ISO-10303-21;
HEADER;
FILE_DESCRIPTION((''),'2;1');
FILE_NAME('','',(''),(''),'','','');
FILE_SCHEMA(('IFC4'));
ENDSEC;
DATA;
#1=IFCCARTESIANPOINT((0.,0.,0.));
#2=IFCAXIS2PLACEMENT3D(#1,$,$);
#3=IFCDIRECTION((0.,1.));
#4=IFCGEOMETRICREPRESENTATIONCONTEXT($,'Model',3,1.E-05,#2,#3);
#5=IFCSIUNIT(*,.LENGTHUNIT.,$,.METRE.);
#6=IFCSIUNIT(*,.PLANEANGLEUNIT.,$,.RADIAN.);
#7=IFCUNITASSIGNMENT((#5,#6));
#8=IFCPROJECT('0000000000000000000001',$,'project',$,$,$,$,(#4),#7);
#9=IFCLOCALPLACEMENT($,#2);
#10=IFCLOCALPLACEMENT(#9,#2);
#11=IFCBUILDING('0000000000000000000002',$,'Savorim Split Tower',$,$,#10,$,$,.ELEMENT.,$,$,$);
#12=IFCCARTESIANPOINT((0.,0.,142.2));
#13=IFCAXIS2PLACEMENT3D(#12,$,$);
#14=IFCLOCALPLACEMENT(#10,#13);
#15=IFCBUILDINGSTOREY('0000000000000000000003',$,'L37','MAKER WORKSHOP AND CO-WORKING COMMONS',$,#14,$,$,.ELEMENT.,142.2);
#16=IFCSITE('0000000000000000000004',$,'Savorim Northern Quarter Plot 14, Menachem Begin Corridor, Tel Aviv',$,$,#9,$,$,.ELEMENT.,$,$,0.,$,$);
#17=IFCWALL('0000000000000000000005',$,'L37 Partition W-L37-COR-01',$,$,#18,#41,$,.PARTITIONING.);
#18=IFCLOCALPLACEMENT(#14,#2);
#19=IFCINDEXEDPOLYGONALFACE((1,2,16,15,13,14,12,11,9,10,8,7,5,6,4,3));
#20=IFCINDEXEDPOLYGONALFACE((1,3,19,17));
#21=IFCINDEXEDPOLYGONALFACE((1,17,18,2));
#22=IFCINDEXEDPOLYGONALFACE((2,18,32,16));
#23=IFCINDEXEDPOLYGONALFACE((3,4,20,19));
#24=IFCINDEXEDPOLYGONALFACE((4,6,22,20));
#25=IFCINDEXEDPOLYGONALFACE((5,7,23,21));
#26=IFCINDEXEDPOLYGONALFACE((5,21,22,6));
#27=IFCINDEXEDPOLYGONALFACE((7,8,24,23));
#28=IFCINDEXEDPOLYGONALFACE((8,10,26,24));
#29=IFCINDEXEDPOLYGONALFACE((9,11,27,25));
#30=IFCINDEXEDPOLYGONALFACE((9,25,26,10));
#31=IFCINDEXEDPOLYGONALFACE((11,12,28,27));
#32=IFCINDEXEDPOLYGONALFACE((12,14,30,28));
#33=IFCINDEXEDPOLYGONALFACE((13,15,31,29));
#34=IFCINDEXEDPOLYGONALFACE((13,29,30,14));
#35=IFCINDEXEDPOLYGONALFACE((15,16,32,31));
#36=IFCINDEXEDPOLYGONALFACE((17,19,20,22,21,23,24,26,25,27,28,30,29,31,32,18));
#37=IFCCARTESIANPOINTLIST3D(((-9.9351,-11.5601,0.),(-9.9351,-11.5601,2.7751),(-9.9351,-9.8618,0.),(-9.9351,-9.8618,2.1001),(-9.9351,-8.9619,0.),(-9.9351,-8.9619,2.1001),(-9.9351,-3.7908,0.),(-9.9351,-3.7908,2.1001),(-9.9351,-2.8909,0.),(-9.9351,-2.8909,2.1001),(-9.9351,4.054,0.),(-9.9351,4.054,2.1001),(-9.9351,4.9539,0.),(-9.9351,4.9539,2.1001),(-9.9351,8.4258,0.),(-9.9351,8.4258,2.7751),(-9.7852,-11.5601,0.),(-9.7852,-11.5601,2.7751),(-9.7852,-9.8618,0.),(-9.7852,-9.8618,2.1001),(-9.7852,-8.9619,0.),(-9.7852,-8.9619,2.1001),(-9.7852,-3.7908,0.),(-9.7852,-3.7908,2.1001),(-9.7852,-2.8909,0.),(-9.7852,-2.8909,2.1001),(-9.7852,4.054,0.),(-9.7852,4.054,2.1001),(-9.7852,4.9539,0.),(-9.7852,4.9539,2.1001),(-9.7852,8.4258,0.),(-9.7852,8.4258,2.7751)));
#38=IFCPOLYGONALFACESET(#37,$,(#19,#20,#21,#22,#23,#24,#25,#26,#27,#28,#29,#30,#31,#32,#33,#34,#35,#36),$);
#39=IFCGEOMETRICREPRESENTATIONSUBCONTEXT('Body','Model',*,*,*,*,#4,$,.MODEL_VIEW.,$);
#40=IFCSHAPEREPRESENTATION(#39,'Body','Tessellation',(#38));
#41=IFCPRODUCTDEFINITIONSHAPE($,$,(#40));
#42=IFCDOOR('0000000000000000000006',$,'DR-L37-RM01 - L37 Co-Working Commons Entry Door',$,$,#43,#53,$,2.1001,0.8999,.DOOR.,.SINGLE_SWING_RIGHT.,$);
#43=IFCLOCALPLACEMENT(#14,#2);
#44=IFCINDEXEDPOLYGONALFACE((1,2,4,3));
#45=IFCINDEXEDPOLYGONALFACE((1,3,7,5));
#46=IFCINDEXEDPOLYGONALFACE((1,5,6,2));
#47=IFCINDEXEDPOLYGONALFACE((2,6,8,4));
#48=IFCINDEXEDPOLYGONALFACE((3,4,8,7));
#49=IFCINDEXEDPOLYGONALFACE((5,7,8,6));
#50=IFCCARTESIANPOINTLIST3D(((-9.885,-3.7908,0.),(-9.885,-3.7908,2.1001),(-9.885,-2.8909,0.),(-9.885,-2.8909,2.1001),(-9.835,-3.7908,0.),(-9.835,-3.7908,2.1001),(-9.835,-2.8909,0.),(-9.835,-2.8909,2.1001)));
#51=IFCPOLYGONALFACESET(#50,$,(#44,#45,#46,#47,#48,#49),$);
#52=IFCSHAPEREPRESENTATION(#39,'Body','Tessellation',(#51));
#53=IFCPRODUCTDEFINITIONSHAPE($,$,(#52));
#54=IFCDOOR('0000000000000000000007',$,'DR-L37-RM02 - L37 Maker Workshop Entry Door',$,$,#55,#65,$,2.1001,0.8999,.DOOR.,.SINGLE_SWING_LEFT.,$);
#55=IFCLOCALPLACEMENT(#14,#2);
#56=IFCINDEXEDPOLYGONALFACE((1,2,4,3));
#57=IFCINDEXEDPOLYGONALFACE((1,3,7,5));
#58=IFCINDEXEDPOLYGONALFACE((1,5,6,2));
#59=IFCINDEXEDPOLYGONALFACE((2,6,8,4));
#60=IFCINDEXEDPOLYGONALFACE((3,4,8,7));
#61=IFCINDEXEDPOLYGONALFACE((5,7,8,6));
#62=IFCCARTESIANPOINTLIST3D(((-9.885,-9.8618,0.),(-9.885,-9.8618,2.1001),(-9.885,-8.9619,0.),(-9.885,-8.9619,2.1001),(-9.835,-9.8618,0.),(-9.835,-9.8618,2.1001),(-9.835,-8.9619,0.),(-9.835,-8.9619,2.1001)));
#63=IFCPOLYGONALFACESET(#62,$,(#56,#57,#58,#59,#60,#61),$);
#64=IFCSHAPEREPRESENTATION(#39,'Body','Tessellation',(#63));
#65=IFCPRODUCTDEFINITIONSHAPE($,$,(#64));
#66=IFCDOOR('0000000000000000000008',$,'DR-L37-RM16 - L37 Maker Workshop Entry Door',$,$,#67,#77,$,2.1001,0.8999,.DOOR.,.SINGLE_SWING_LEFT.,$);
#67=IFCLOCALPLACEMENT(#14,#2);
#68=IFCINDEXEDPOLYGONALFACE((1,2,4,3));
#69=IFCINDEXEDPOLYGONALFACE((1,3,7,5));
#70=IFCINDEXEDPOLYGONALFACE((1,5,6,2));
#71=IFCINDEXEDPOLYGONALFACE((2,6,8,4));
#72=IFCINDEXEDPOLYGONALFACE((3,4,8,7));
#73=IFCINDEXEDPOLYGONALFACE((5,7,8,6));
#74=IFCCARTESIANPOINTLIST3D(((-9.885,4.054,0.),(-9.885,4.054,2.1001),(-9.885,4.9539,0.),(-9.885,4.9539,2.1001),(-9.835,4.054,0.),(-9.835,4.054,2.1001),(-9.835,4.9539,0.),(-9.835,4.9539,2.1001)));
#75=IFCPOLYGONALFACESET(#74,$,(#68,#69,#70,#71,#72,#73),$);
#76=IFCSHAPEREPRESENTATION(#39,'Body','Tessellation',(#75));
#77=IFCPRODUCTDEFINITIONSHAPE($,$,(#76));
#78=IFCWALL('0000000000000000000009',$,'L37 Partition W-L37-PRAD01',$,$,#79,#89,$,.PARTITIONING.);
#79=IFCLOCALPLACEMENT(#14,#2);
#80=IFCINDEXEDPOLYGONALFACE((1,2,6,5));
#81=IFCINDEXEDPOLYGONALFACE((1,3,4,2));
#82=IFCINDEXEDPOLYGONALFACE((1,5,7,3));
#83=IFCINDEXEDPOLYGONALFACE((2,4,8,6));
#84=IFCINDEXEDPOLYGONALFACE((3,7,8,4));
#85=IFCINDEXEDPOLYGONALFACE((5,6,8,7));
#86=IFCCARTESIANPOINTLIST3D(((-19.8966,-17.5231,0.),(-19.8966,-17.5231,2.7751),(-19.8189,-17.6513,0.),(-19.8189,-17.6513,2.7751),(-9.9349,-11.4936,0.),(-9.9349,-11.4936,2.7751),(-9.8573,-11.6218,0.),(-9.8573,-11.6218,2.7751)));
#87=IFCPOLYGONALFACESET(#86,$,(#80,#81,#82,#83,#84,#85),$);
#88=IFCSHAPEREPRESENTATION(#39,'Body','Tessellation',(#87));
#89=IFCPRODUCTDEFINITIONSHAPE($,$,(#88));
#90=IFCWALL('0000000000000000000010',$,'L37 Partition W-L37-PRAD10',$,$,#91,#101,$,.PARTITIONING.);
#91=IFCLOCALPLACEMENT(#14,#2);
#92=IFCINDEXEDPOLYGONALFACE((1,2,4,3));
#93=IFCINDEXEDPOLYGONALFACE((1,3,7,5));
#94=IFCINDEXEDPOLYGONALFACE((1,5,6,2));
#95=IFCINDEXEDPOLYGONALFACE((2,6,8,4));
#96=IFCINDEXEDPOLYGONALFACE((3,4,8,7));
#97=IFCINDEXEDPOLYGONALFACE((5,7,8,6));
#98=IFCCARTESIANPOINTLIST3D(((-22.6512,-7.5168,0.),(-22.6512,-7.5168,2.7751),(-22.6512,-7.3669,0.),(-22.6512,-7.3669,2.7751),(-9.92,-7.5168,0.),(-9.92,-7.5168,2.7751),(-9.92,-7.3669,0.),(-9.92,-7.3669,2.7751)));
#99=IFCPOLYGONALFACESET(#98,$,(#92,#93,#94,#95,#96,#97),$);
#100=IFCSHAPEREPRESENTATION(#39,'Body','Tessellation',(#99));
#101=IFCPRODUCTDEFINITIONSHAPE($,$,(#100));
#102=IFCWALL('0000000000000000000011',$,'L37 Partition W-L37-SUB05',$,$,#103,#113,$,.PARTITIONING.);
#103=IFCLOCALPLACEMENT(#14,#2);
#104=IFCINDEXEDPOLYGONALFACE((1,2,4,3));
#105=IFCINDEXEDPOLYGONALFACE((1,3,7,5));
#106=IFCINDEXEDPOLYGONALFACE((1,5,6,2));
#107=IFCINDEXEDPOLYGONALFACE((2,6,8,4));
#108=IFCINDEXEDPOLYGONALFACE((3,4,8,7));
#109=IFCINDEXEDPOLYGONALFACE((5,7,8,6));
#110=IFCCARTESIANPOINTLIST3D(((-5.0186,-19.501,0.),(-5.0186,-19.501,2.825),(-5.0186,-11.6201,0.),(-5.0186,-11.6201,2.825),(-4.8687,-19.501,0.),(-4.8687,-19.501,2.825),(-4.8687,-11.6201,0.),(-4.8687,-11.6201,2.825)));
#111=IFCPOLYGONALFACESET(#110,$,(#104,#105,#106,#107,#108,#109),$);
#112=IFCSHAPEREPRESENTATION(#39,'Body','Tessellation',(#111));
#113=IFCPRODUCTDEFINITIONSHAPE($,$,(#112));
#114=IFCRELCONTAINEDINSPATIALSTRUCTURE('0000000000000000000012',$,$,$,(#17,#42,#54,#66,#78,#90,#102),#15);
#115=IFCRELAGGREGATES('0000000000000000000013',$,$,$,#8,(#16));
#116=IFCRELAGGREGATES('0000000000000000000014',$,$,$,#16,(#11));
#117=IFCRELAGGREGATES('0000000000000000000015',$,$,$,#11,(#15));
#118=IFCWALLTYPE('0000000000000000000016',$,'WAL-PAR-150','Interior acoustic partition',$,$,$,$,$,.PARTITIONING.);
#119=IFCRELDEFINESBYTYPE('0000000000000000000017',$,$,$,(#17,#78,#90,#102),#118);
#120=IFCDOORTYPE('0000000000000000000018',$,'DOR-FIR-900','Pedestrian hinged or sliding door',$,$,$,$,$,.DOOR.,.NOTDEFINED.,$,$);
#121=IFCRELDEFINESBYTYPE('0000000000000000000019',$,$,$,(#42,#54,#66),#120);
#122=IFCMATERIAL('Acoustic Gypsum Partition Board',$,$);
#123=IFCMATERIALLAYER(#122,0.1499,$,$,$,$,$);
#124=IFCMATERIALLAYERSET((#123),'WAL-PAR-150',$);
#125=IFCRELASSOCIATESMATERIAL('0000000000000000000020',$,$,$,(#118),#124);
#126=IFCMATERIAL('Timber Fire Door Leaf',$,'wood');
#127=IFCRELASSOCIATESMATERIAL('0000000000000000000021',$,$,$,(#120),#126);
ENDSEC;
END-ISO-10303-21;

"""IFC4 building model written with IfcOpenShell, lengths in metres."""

from ifc_helpers import new_model, si_unit, direction, frame, frame_2d, origin, place, context, subcontext, project, spatial, rectangle, extrude, material, layer, layer_set, type_object, element, fill, save


model = new_model("IFC4")

# Units and contexts
model_context = context("Model", 3, precision=1e-05, world=origin(), true_north=direction((0.0, 1.0)))
body_context = subcontext(model_context, "Body", "Model", "MODEL_VIEW")
ifc_project = project(units=[si_unit("LENGTHUNIT", "METRE"), si_unit("PLANEANGLEUNIT", "RADIAN")], contexts=[model_context])

# Site, building, storey
site_placement = place(None, origin())
site = spatial("IfcSite", under=ifc_project, at=site_placement, Name="Savorim Northern Quarter Plot 14, Menachem Begin Corridor, Tel Aviv", CompositionType="ELEMENT", RefElevation=0.0)
building_placement = place(site_placement, origin())
building = spatial("IfcBuilding", under=site, at=building_placement, Name="Savorim Split Tower", CompositionType="ELEMENT")
storey_placement = place(building_placement, frame((0.0, 0.0, 142.2)))
storey = spatial("IfcBuildingStorey", under=building, at=storey_placement, Name="L37", Description="MAKER WORKSHOP AND CO-WORKING COMMONS", CompositionType="ELEMENT", Elevation=142.2)

# Shared definitions
ifc_material_1 = material(Name="Timber Fire Door Leaf", Category="wood")

# Shared definitions
ifc_material_2 = material(Name="Acoustic Gypsum Partition Board")
ifc_layer_1 = layer(ifc_material_2, 0.1499)
ifc_layer_set_1 = layer_set([ifc_layer_1], Name="WAL-PAR-150")
wall_type_1 = type_object("IfcWallType", Name="WAL-PAR-150", Description="Interior acoustic partition", PredefinedType="PARTITIONING", material=ifc_layer_set_1)

# Wall, openings, doors
wall_1_placement = place(storey_placement, frame((-9.8601, -11.5601, 0.0), z_axis=(0.0, 0.0, 1.0), x_axis=(0.0, 1.0, 0.0)))
wall_1 = element("IfcWall", 1, at=wall_1_placement, inside=storey, type_object=wall_type_1, Name="L37 Partition W-L37-COR-01", PredefinedType="PARTITIONING", context=body_context, shape_type="SweptSolid", body=[
    extrude(rectangle(XDim=19.9858, YDim=0.1499, at=frame_2d((9.9929, 0.0))), origin(), (0.0, 0.0, 1.0), 2.7751),
])
opening_1_placement = place(wall_1_placement, frame((7.7693, 0.0, 0.0)))
opening_1 = element("IfcOpeningElement", 2, at=opening_1_placement, cuts=wall_1, PredefinedType="OPENING", context=body_context, shape_type="SweptSolid", body=[
    extrude(rectangle(XDim=0.8999, YDim=2.1001, at=frame_2d((0.45, 1.05))), frame((0.0, 0.085, 0.0), z_axis=(0.0, -1.0, 0.0), x_axis=(1.0, 0.0, 0.0)), (0.0, 0.0, 1.0), 0.1699),
])
opening_2_placement = place(wall_1_placement, frame((1.6982, 0.0, 0.0)))
opening_2 = element("IfcOpeningElement", 3, at=opening_2_placement, cuts=wall_1, PredefinedType="OPENING", context=body_context, shape_type="SweptSolid", body=[
    extrude(rectangle(XDim=0.8999, YDim=2.1001, at=frame_2d((0.45, 1.05))), frame((0.0, 0.085, 0.0), z_axis=(0.0, -1.0, 0.0), x_axis=(1.0, 0.0, 0.0)), (0.0, 0.0, 1.0), 0.1699),
])
opening_3_placement = place(wall_1_placement, frame((15.614, 0.0, 0.0)))
opening_3 = element("IfcOpeningElement", 4, at=opening_3_placement, cuts=wall_1, PredefinedType="OPENING", context=body_context, shape_type="SweptSolid", body=[
    extrude(rectangle(XDim=0.8999, YDim=2.1001, at=frame_2d((0.45, 1.05))), frame((0.0, 0.085, 0.0), z_axis=(0.0, -1.0, 0.0), x_axis=(1.0, 0.0, 0.0)), (0.0, 0.0, 1.0), 0.1699),
])
door_type_1 = type_object("IfcDoorType", Name="DOR-FIR-900", Description="Pedestrian hinged or sliding door", OperationType="NOTDEFINED", PredefinedType="DOOR", material=ifc_material_1)
door_1_placement = place(opening_1_placement, origin())
door_1 = element("IfcDoor", 5, at=door_1_placement, inside=storey, type_object=door_type_1, Name="DR-L37-RM01 - L37 Co-Working Commons Entry Door", OperationType="SINGLE_SWING_RIGHT", OverallHeight=2.1001, OverallWidth=0.8999, PredefinedType="DOOR", context=body_context, shape_type="SweptSolid", body=[
    extrude(rectangle(XDim=0.8999, YDim=2.1001, at=frame_2d((0.45, 1.05))), frame((0.0, 0.0249, 0.0), z_axis=(0.0, -1.0, 0.0), x_axis=(1.0, 0.0, 0.0)), (0.0, 0.0, 1.0), 0.05),
])
fill(opening_1, door_1)
door_2_placement = place(opening_2_placement, origin())
door_2 = element("IfcDoor", 6, at=door_2_placement, inside=storey, type_object=door_type_1, Name="DR-L37-RM02 - L37 Maker Workshop Entry Door", OperationType="SINGLE_SWING_LEFT", OverallHeight=2.1001, OverallWidth=0.8999, PredefinedType="DOOR", context=body_context, shape_type="SweptSolid", body=[
    extrude(rectangle(XDim=0.8999, YDim=2.1001, at=frame_2d((0.45, 1.05))), frame((0.0, 0.0249, 0.0), z_axis=(0.0, -1.0, 0.0), x_axis=(1.0, 0.0, 0.0)), (0.0, 0.0, 1.0), 0.05),
])
fill(opening_2, door_2)
door_3_placement = place(opening_3_placement, origin())
door_3 = element("IfcDoor", 7, at=door_3_placement, inside=storey, type_object=door_type_1, Name="DR-L37-RM16 - L37 Maker Workshop Entry Door", OperationType="SINGLE_SWING_LEFT", OverallHeight=2.1001, OverallWidth=0.8999, PredefinedType="DOOR", context=body_context, shape_type="SweptSolid", body=[
    extrude(rectangle(XDim=0.8999, YDim=2.1001, at=frame_2d((0.45, 1.05))), frame((0.0, 0.0249, 0.0), z_axis=(0.0, -1.0, 0.0), x_axis=(1.0, 0.0, 0.0)), (0.0, 0.0, 1.0), 0.05),
])
fill(opening_3, door_3)

# Walls
wall_2_placement = place(storey_placement, frame((-9.896, -11.5576, 0.0), z_axis=(0.0, 0.0, 1.0), x_axis=(-0.855496, -0.51781, 0.0)))
element("IfcWall", 8, at=wall_2_placement, inside=storey, type_object=wall_type_1, Name="L37 Partition W-L37-PRAD01", PredefinedType="PARTITIONING", context=body_context, shape_type="SweptSolid", body=[
    extrude(rectangle(XDim=11.6443, YDim=0.1499, at=frame_2d((5.8223, 0.0))), origin(), (0.0, 0.0, 1.0), 2.7751),
])
wall_3_placement = place(storey_placement, frame((-9.9199, -7.4419, 0.0), z_axis=(0.0, 0.0, 1.0), x_axis=(-1.0, 0.0, 0.0)))
element("IfcWall", 9, at=wall_3_placement, inside=storey, type_object=wall_type_1, Name="L37 Partition W-L37-PRAD10", PredefinedType="PARTITIONING", context=body_context, shape_type="SweptSolid", body=[
    extrude(rectangle(XDim=12.7312, YDim=0.1499, at=frame_2d((6.3657, 0.0))), origin(), (0.0, 0.0, 1.0), 2.7751),
])
wall_4_placement = place(storey_placement, frame((-4.9436, -11.6201, 0.0), z_axis=(0.0, 0.0, 1.0), x_axis=(0.0, -1.0, 0.0)))
element("IfcWall", 10, at=wall_4_placement, inside=storey, type_object=wall_type_1, Name="L37 Partition W-L37-SUB05", PredefinedType="PARTITIONING", context=body_context, shape_type="SweptSolid", body=[
    extrude(rectangle(XDim=7.8809, YDim=0.1499, at=frame_2d((3.9404, 0.0))), origin(), (0.0, 0.0, 1.0), 2.825),
])

save(model, "model.ifc")
